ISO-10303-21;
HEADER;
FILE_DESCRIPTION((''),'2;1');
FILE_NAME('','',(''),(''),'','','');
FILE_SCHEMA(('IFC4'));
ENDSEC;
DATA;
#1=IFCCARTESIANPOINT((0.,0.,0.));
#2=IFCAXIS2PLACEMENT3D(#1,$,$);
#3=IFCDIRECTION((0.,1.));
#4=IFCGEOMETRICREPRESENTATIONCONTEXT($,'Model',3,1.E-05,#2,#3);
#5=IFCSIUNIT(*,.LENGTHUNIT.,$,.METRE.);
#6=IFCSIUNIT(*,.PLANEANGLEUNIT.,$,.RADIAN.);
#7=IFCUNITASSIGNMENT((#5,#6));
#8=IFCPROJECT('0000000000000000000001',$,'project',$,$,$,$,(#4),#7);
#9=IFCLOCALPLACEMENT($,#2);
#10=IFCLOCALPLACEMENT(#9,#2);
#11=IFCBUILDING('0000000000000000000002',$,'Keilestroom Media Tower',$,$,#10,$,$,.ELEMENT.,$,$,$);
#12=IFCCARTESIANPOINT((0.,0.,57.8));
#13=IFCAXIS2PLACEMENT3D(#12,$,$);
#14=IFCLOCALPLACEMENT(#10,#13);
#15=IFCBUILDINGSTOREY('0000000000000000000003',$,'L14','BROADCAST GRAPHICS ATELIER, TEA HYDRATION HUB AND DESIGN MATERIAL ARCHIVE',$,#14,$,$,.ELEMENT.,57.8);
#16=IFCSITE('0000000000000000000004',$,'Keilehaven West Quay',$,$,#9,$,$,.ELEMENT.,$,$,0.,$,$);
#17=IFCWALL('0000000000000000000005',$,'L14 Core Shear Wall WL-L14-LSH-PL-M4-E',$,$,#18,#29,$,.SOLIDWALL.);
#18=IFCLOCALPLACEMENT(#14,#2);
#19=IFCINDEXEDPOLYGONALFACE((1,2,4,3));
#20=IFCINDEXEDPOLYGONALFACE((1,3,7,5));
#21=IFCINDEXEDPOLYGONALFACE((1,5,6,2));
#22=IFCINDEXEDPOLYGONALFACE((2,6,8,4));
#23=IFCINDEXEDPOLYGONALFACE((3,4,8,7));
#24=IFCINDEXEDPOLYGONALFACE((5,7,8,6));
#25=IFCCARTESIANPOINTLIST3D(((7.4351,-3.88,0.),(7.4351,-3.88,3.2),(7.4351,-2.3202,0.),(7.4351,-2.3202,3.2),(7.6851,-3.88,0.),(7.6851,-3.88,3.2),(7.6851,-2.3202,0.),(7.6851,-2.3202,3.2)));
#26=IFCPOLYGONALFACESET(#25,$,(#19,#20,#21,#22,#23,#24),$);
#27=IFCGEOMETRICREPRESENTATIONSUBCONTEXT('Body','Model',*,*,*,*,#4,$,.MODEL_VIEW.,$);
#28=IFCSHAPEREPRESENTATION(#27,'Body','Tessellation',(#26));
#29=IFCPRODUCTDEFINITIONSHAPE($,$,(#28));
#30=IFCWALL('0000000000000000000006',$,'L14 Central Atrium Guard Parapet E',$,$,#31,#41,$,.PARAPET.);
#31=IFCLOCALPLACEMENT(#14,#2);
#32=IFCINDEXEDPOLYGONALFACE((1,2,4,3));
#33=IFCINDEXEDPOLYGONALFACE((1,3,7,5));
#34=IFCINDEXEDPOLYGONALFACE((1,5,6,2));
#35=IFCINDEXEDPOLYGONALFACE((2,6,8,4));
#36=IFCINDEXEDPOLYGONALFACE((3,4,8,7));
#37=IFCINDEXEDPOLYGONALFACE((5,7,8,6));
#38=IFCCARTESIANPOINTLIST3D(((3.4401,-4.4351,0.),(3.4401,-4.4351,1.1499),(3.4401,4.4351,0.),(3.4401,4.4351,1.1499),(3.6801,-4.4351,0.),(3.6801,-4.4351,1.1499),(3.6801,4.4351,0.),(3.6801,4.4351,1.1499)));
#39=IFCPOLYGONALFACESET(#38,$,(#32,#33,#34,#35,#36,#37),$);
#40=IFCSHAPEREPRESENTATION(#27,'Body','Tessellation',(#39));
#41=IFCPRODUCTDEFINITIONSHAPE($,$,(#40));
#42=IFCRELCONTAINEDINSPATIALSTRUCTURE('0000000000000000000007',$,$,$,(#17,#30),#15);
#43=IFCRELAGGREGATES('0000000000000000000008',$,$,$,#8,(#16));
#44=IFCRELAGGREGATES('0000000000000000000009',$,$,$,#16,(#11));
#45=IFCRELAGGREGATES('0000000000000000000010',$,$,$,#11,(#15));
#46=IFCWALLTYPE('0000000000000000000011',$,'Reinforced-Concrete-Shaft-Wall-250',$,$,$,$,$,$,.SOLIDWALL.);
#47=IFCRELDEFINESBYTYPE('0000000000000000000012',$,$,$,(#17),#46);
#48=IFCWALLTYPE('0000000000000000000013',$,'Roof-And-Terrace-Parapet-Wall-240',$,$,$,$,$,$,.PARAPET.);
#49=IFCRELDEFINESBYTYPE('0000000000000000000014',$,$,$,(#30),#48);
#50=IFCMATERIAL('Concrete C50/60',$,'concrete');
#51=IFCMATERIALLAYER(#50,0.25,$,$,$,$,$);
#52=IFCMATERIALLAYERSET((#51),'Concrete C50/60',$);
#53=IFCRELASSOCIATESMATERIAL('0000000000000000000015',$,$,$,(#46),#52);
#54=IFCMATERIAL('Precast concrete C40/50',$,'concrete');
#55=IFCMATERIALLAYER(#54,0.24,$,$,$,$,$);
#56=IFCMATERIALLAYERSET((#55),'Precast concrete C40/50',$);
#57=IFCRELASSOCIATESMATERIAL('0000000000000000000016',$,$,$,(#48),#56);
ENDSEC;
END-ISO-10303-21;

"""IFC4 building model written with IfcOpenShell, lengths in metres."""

from ifc_helpers import new_model, si_unit, direction, frame, frame_2d, origin, place, context, subcontext, project, spatial, rectangle, extrude, material, layer, layer_set, type_object, element, save


model = new_model("IFC4")

# Units and contexts
model_context = context("Model", 3, precision=1e-05, world=origin(), true_north=direction((0.0, 1.0)))
body_context = subcontext(model_context, "Body", "Model", "MODEL_VIEW")
ifc_project = project(units=[si_unit("LENGTHUNIT", "METRE"), si_unit("PLANEANGLEUNIT", "RADIAN")], contexts=[model_context])

# Site, building, storey
site_placement = place(None, origin())
site = spatial("IfcSite", under=ifc_project, at=site_placement, Name="Keilehaven West Quay", CompositionType="ELEMENT", RefElevation=0.0)
building_placement = place(site_placement, origin())
building = spatial("IfcBuilding", under=site, at=building_placement, Name="Keilestroom Media Tower", CompositionType="ELEMENT")
storey_placement = place(building_placement, frame((0.0, 0.0, 57.8)))
storey = spatial("IfcBuildingStorey", under=building, at=storey_placement, Name="L14", Description="BROADCAST GRAPHICS ATELIER, TEA HYDRATION HUB AND DESIGN MATERIAL ARCHIVE", CompositionType="ELEMENT", Elevation=57.8)

# Shared definitions
ifc_material_1 = material(Name="Concrete C50/60", Category="concrete")
ifc_layer_1 = layer(ifc_material_1, 0.25)
ifc_layer_set_1 = layer_set([ifc_layer_1], Name="Concrete C50/60")
wall_type_1 = type_object("IfcWallType", Name="Reinforced-Concrete-Shaft-Wall-250", PredefinedType="SOLIDWALL", material=ifc_layer_set_1)

# Walls
wall_1_placement = place(storey_placement, frame((7.5601, -3.8799, 0.0), z_axis=(0.0, 0.0, 1.0), x_axis=(0.0, 1.0, 0.0)))
element("IfcWall", 1, at=wall_1_placement, inside=storey, type_object=wall_type_1, Name="L14 Core Shear Wall WL-L14-LSH-PL-M4-E", PredefinedType="SOLIDWALL", context=body_context, shape_type="SweptSolid", body=[
    extrude(rectangle(XDim=1.5598, YDim=0.25, at=frame_2d((0.7798, 0.0))), origin(), (0.0, 0.0, 1.0), 3.2),
])
ifc_material_2 = material(Name="Precast concrete C40/50", Category="concrete")
ifc_layer_2 = layer(ifc_material_2, 0.24)
ifc_layer_set_2 = layer_set([ifc_layer_2], Name="Precast concrete C40/50")
wall_type_2 = type_object("IfcWallType", Name="Roof-And-Terrace-Parapet-Wall-240", PredefinedType="PARAPET", material=ifc_layer_set_2)
wall_2_placement = place(storey_placement, frame((3.5601, -4.4351, 0.0), z_axis=(0.0, 0.0, 1.0), x_axis=(0.0, 1.0, 0.0)))
element("IfcWall", 2, at=wall_2_placement, inside=storey, type_object=wall_type_2, Name="L14 Central Atrium Guard Parapet E", PredefinedType="PARAPET", context=body_context, shape_type="SweptSolid", body=[
    extrude(rectangle(XDim=8.8701, YDim=0.24, at=frame_2d((4.4351, 0.0))), origin(), (0.0, 0.0, 1.0), 1.1499),
])

save(model, "model.ifc")
